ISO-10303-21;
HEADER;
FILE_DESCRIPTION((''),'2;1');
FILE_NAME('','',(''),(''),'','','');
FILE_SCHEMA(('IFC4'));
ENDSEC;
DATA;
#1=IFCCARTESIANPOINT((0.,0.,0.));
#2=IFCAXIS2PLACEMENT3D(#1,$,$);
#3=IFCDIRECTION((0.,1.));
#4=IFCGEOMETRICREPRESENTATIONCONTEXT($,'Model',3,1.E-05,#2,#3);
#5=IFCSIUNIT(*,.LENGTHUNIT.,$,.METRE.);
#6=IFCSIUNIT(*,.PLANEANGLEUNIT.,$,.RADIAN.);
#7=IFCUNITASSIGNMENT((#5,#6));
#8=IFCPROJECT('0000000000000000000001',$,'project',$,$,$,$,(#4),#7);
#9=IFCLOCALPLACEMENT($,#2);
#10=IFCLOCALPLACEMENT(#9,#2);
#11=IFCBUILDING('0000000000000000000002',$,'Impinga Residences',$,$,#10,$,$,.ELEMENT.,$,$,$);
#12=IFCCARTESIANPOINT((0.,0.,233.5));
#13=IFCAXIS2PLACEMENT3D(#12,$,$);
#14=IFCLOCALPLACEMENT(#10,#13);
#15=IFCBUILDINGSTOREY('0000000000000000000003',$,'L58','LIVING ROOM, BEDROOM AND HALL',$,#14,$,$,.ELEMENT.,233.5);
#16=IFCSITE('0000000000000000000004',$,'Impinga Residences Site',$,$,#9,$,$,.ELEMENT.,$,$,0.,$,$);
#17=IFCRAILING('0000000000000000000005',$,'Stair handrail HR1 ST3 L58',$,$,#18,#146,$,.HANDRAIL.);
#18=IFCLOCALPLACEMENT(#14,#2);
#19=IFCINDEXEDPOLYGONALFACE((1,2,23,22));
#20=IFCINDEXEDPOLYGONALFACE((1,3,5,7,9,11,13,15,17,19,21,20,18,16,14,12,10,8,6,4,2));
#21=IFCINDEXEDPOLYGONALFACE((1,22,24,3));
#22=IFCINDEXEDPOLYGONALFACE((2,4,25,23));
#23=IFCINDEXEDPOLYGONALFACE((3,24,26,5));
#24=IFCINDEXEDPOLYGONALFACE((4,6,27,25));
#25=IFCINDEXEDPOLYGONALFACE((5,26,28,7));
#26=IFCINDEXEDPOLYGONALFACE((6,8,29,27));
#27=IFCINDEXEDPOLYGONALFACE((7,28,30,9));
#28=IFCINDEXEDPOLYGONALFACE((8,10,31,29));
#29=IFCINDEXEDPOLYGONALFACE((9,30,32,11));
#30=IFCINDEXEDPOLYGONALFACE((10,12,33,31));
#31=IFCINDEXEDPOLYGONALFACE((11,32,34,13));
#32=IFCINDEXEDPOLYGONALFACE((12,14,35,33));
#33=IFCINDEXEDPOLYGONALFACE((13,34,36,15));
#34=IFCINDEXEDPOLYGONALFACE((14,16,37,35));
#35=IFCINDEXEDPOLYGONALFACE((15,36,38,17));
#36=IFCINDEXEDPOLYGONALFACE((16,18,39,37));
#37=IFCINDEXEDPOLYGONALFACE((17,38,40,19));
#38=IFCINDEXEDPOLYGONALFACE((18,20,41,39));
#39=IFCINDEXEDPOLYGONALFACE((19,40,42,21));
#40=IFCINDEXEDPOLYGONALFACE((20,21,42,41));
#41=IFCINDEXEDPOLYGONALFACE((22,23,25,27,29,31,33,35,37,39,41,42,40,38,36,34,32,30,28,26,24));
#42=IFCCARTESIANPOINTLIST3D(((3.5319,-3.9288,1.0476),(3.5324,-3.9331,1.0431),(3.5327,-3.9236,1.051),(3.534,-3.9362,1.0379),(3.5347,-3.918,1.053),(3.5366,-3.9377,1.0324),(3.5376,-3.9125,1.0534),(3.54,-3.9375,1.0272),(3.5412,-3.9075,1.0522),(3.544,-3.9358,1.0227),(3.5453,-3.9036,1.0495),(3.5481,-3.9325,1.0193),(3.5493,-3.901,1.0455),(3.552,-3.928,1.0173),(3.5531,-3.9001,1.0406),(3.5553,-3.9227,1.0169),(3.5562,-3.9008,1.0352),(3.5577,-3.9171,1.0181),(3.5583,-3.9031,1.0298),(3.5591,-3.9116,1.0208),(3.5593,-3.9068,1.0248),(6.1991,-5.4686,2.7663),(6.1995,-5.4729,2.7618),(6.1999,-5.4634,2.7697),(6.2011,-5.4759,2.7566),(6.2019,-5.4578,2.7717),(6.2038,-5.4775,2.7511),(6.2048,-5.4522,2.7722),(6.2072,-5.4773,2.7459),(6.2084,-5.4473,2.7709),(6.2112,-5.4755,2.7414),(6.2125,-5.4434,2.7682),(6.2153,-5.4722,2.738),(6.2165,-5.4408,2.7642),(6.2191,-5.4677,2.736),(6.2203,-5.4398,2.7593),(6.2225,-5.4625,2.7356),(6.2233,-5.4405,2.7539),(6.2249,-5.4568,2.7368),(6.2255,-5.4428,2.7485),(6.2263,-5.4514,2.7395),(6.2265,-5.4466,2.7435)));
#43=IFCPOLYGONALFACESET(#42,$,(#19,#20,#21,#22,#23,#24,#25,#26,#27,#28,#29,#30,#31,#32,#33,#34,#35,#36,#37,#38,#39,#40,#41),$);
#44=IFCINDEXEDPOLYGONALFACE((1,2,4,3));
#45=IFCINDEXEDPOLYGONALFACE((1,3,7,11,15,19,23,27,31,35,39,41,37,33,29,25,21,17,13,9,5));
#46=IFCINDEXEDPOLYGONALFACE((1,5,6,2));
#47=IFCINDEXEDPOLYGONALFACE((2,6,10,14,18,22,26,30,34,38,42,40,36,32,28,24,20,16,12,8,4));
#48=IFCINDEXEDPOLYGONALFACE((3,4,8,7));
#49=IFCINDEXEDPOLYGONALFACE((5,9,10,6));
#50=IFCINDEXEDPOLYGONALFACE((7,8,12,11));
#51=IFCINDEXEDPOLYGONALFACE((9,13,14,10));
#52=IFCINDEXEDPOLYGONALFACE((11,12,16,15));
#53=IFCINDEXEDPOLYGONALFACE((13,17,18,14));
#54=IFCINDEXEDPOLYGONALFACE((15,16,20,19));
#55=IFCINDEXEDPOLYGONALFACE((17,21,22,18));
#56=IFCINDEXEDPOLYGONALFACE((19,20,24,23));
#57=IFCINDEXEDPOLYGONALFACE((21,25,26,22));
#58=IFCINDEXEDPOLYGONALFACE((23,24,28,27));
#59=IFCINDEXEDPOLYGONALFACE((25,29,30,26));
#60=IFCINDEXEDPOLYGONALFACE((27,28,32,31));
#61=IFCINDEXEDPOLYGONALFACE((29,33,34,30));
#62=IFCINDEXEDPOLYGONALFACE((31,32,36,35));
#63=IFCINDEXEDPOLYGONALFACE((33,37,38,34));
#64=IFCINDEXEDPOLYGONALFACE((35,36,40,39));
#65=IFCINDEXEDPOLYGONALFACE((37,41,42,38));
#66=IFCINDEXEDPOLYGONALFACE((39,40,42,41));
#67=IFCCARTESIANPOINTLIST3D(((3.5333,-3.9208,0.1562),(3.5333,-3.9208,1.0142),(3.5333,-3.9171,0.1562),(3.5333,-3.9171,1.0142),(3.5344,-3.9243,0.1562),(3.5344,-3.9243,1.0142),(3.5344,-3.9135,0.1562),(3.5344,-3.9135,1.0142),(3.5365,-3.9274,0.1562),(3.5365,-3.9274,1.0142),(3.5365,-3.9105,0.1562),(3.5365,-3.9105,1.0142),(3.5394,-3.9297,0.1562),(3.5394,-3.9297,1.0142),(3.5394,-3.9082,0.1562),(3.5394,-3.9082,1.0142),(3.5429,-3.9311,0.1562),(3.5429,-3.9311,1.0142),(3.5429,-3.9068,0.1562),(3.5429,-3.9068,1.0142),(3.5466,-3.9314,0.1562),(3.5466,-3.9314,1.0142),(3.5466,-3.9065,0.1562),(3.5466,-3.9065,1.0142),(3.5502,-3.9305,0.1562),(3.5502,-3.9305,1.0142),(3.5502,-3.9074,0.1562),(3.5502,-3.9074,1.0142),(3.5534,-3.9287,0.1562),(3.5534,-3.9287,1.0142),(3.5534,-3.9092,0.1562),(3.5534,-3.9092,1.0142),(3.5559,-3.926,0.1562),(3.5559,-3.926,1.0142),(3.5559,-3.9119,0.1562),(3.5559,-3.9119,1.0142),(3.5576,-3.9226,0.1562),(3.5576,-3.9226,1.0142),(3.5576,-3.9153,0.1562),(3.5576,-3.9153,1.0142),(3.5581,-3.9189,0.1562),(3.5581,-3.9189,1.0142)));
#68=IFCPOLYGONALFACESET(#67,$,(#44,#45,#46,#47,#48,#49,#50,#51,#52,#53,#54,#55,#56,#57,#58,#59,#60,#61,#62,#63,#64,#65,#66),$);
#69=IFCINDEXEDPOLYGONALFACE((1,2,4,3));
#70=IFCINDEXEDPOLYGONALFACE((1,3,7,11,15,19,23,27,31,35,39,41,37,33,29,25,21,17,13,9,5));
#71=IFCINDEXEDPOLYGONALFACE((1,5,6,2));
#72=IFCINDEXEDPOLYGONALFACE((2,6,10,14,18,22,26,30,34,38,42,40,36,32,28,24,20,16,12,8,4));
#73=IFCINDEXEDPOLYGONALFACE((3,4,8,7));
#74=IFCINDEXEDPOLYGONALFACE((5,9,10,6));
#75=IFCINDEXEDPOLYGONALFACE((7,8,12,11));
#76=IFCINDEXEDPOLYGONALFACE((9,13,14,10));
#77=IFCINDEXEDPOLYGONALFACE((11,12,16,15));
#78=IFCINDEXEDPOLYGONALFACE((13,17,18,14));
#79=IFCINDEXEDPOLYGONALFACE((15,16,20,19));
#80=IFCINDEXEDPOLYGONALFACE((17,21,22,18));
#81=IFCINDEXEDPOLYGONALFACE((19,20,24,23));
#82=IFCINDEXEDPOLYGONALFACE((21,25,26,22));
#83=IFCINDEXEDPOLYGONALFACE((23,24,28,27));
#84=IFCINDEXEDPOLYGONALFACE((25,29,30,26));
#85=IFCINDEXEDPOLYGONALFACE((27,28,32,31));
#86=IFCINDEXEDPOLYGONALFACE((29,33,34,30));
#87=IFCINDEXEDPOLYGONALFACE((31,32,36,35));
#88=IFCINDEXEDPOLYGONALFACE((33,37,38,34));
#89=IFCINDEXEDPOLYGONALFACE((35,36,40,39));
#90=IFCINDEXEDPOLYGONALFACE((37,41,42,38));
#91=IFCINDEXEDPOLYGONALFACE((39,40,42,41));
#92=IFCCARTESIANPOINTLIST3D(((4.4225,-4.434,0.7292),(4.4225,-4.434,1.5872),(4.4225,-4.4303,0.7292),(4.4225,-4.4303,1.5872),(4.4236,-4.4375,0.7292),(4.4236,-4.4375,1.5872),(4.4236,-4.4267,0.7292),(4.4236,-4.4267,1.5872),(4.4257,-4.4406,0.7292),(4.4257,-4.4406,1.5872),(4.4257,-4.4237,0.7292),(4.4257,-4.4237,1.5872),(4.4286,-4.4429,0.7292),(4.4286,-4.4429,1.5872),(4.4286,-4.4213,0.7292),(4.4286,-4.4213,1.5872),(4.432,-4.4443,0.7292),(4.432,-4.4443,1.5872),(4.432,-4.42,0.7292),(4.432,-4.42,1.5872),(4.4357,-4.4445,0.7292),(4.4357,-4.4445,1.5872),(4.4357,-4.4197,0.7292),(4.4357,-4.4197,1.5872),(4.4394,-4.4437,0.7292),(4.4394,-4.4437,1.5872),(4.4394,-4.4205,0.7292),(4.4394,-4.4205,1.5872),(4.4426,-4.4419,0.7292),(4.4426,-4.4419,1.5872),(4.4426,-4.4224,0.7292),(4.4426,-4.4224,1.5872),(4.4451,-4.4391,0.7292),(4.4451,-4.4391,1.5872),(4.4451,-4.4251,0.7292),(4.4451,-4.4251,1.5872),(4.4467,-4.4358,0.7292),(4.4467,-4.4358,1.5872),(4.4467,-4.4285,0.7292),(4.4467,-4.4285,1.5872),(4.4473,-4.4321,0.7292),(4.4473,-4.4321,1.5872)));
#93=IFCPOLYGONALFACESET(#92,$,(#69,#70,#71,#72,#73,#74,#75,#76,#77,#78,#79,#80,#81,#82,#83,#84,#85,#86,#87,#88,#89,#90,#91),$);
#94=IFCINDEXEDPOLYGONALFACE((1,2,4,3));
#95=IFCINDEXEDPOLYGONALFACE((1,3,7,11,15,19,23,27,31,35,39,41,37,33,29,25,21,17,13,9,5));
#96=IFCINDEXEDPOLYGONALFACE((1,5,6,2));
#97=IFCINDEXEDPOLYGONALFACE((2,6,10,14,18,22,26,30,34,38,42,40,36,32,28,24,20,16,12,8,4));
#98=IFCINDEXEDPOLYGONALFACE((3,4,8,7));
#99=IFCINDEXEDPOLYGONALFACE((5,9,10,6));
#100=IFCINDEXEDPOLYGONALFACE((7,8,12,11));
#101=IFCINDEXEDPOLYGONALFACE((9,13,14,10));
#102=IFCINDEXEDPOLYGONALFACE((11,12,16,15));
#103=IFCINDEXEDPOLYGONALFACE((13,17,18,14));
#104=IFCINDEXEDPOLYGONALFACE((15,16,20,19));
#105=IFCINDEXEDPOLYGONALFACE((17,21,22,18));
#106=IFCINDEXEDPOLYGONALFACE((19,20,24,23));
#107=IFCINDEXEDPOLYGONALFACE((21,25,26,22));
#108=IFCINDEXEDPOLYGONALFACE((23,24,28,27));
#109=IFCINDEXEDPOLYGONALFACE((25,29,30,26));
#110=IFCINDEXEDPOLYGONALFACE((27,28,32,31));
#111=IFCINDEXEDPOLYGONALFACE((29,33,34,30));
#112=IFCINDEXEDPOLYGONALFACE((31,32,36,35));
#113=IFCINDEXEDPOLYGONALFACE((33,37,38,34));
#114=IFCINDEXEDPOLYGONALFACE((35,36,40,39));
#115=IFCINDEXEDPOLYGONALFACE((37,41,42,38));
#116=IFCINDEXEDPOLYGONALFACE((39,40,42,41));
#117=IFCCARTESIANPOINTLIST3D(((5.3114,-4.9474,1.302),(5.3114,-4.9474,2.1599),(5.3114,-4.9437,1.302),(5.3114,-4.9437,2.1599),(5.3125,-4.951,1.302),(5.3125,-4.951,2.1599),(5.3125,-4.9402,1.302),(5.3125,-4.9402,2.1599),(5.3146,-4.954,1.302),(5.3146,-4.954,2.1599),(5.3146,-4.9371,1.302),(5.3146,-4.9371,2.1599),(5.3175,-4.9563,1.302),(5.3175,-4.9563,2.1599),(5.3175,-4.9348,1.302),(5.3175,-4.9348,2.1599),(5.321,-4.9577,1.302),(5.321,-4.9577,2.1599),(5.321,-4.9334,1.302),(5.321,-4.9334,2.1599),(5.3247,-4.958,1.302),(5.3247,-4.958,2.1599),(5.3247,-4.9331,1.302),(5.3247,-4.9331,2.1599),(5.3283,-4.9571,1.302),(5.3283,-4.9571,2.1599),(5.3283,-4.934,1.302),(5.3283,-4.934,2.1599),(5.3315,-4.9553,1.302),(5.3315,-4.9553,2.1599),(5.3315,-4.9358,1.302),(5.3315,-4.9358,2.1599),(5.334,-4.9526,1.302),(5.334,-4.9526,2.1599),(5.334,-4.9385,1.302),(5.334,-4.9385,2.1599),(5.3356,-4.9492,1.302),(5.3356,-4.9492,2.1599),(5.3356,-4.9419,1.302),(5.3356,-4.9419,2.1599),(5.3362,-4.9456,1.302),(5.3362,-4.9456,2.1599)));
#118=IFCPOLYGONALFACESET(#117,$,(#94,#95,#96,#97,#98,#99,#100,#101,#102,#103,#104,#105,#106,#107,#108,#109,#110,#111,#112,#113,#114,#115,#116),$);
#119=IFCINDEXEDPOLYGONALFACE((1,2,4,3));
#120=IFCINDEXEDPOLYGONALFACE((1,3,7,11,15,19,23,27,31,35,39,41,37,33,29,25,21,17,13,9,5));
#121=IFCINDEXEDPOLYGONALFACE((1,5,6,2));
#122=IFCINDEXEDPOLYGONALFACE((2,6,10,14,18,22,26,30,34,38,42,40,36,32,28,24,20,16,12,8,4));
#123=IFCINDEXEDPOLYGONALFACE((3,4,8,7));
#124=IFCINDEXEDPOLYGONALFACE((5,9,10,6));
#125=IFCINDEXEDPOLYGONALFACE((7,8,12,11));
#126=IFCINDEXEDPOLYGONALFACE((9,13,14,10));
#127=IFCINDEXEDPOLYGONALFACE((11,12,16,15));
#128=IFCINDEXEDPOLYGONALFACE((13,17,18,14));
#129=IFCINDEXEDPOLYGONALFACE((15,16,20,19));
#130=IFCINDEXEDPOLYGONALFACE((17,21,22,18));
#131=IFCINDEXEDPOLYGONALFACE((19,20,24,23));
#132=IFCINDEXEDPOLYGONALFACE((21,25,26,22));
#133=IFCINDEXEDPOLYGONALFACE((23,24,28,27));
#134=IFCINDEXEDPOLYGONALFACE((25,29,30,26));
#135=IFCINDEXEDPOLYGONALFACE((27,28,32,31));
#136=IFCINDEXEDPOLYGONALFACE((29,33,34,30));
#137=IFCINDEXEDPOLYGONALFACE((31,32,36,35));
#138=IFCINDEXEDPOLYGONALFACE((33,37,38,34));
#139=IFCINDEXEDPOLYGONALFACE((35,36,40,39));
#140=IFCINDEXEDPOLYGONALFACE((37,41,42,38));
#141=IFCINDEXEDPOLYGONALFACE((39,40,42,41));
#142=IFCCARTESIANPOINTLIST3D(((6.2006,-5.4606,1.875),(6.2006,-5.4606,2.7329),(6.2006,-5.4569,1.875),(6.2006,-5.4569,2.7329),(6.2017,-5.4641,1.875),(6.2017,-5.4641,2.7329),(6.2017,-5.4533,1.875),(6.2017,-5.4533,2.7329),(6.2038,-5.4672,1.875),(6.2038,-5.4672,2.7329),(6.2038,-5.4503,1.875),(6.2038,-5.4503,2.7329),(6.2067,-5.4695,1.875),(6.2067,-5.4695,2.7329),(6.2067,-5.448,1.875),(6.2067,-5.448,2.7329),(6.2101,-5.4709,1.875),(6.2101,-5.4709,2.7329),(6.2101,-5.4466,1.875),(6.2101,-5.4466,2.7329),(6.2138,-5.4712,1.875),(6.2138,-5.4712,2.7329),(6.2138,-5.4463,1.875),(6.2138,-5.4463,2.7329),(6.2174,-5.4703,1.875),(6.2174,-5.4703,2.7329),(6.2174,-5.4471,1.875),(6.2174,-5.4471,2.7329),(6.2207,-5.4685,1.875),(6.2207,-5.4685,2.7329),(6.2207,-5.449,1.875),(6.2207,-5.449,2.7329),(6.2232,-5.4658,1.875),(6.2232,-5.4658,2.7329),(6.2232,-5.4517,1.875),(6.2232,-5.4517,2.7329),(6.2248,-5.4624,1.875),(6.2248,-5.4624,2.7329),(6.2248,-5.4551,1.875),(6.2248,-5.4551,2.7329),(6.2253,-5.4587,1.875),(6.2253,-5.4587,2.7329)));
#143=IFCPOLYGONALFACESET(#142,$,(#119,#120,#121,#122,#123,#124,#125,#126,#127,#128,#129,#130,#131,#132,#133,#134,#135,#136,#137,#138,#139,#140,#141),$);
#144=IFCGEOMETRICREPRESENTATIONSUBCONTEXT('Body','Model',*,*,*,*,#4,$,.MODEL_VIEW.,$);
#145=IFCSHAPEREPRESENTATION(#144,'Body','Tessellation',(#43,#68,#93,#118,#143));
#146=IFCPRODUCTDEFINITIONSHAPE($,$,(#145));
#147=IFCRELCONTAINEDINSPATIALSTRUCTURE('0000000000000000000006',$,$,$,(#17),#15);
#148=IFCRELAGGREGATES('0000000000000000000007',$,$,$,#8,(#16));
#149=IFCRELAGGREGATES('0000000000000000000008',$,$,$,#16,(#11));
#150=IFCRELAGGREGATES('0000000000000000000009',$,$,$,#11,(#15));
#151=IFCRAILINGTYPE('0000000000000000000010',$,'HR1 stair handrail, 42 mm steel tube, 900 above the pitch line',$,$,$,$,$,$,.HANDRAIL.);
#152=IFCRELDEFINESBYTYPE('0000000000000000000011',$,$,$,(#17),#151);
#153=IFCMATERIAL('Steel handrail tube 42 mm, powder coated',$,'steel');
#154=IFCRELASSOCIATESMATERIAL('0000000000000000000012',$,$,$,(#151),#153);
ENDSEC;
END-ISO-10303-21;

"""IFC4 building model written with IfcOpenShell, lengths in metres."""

from ifc_helpers import new_model, si_unit, direction, frame, origin, origin_2d, place, context, subcontext, project, spatial, circle, extrude, material, type_object, element, save


model = new_model("IFC4")

# Units and contexts
model_context = context("Model", 3, precision=1e-05, world=origin(), true_north=direction((0.0, 1.0)))
body_context = subcontext(model_context, "Body", "Model", "MODEL_VIEW")
ifc_project = project(units=[si_unit("LENGTHUNIT", "METRE"), si_unit("PLANEANGLEUNIT", "RADIAN")], contexts=[model_context])

# Site, building, storey
site_placement = place(None, origin())
site = spatial("IfcSite", under=ifc_project, at=site_placement, Name="Impinga Residences Site", CompositionType="ELEMENT", RefElevation=0.0)
building_placement = place(site_placement, origin())
building = spatial("IfcBuilding", under=site, at=building_placement, Name="Impinga Residences", CompositionType="ELEMENT")
storey_placement = place(building_placement, frame((0.0, 0.0, 233.5)))
storey = spatial("IfcBuildingStorey", under=building, at=storey_placement, Name="L58", Description="LIVING ROOM, BEDROOM AND HALL", CompositionType="ELEMENT", Elevation=233.5)

# Railing
ifc_material_1 = material(Name="Steel handrail tube 42 mm, powder coated", Category="steel")
railing_type_1 = type_object("IfcRailingType", Name="HR1 stair handrail, 42 mm steel tube, 900 above the pitch line", PredefinedType="HANDRAIL", material=ifc_material_1)
railing_1_placement = place(storey_placement, frame((3.5457, -3.9189, 0.1562)))
element("IfcRailing", 1, at=railing_1_placement, inside=storey, type_object=railing_type_1, Name="Stair handrail HR1 ST3 L58", PredefinedType="HANDRAIL", context=body_context, shape_type="SweptSolid", body=[
    extrude(circle(Radius=0.021, at=origin_2d()), frame((0.0, 0.0, 0.8789), z_axis=(0.756249, -0.436582, 0.487322), x_axis=(0.499967, 0.866044, 0.0)), (0.0, 0.0, 1.0), 3.5269),
    extrude(circle(Radius=0.0125, at=origin_2d()), origin(), (0.0, 0.0, 1.0), 0.8579),
    extrude(circle(Radius=0.0125, at=origin_2d()), frame((0.8892, -0.5132, 0.573)), (0.0, 0.0, 1.0), 0.8579),
    extrude(circle(Radius=0.0125, at=origin_2d()), frame((1.7781, -1.0266, 1.1458)), (0.0, 0.0, 1.0), 0.8579),
    extrude(circle(Radius=0.0125, at=origin_2d()), frame((2.6672, -1.5398, 1.7188)), (0.0, 0.0, 1.0), 0.8579),
])

save(model, "model.ifc")
